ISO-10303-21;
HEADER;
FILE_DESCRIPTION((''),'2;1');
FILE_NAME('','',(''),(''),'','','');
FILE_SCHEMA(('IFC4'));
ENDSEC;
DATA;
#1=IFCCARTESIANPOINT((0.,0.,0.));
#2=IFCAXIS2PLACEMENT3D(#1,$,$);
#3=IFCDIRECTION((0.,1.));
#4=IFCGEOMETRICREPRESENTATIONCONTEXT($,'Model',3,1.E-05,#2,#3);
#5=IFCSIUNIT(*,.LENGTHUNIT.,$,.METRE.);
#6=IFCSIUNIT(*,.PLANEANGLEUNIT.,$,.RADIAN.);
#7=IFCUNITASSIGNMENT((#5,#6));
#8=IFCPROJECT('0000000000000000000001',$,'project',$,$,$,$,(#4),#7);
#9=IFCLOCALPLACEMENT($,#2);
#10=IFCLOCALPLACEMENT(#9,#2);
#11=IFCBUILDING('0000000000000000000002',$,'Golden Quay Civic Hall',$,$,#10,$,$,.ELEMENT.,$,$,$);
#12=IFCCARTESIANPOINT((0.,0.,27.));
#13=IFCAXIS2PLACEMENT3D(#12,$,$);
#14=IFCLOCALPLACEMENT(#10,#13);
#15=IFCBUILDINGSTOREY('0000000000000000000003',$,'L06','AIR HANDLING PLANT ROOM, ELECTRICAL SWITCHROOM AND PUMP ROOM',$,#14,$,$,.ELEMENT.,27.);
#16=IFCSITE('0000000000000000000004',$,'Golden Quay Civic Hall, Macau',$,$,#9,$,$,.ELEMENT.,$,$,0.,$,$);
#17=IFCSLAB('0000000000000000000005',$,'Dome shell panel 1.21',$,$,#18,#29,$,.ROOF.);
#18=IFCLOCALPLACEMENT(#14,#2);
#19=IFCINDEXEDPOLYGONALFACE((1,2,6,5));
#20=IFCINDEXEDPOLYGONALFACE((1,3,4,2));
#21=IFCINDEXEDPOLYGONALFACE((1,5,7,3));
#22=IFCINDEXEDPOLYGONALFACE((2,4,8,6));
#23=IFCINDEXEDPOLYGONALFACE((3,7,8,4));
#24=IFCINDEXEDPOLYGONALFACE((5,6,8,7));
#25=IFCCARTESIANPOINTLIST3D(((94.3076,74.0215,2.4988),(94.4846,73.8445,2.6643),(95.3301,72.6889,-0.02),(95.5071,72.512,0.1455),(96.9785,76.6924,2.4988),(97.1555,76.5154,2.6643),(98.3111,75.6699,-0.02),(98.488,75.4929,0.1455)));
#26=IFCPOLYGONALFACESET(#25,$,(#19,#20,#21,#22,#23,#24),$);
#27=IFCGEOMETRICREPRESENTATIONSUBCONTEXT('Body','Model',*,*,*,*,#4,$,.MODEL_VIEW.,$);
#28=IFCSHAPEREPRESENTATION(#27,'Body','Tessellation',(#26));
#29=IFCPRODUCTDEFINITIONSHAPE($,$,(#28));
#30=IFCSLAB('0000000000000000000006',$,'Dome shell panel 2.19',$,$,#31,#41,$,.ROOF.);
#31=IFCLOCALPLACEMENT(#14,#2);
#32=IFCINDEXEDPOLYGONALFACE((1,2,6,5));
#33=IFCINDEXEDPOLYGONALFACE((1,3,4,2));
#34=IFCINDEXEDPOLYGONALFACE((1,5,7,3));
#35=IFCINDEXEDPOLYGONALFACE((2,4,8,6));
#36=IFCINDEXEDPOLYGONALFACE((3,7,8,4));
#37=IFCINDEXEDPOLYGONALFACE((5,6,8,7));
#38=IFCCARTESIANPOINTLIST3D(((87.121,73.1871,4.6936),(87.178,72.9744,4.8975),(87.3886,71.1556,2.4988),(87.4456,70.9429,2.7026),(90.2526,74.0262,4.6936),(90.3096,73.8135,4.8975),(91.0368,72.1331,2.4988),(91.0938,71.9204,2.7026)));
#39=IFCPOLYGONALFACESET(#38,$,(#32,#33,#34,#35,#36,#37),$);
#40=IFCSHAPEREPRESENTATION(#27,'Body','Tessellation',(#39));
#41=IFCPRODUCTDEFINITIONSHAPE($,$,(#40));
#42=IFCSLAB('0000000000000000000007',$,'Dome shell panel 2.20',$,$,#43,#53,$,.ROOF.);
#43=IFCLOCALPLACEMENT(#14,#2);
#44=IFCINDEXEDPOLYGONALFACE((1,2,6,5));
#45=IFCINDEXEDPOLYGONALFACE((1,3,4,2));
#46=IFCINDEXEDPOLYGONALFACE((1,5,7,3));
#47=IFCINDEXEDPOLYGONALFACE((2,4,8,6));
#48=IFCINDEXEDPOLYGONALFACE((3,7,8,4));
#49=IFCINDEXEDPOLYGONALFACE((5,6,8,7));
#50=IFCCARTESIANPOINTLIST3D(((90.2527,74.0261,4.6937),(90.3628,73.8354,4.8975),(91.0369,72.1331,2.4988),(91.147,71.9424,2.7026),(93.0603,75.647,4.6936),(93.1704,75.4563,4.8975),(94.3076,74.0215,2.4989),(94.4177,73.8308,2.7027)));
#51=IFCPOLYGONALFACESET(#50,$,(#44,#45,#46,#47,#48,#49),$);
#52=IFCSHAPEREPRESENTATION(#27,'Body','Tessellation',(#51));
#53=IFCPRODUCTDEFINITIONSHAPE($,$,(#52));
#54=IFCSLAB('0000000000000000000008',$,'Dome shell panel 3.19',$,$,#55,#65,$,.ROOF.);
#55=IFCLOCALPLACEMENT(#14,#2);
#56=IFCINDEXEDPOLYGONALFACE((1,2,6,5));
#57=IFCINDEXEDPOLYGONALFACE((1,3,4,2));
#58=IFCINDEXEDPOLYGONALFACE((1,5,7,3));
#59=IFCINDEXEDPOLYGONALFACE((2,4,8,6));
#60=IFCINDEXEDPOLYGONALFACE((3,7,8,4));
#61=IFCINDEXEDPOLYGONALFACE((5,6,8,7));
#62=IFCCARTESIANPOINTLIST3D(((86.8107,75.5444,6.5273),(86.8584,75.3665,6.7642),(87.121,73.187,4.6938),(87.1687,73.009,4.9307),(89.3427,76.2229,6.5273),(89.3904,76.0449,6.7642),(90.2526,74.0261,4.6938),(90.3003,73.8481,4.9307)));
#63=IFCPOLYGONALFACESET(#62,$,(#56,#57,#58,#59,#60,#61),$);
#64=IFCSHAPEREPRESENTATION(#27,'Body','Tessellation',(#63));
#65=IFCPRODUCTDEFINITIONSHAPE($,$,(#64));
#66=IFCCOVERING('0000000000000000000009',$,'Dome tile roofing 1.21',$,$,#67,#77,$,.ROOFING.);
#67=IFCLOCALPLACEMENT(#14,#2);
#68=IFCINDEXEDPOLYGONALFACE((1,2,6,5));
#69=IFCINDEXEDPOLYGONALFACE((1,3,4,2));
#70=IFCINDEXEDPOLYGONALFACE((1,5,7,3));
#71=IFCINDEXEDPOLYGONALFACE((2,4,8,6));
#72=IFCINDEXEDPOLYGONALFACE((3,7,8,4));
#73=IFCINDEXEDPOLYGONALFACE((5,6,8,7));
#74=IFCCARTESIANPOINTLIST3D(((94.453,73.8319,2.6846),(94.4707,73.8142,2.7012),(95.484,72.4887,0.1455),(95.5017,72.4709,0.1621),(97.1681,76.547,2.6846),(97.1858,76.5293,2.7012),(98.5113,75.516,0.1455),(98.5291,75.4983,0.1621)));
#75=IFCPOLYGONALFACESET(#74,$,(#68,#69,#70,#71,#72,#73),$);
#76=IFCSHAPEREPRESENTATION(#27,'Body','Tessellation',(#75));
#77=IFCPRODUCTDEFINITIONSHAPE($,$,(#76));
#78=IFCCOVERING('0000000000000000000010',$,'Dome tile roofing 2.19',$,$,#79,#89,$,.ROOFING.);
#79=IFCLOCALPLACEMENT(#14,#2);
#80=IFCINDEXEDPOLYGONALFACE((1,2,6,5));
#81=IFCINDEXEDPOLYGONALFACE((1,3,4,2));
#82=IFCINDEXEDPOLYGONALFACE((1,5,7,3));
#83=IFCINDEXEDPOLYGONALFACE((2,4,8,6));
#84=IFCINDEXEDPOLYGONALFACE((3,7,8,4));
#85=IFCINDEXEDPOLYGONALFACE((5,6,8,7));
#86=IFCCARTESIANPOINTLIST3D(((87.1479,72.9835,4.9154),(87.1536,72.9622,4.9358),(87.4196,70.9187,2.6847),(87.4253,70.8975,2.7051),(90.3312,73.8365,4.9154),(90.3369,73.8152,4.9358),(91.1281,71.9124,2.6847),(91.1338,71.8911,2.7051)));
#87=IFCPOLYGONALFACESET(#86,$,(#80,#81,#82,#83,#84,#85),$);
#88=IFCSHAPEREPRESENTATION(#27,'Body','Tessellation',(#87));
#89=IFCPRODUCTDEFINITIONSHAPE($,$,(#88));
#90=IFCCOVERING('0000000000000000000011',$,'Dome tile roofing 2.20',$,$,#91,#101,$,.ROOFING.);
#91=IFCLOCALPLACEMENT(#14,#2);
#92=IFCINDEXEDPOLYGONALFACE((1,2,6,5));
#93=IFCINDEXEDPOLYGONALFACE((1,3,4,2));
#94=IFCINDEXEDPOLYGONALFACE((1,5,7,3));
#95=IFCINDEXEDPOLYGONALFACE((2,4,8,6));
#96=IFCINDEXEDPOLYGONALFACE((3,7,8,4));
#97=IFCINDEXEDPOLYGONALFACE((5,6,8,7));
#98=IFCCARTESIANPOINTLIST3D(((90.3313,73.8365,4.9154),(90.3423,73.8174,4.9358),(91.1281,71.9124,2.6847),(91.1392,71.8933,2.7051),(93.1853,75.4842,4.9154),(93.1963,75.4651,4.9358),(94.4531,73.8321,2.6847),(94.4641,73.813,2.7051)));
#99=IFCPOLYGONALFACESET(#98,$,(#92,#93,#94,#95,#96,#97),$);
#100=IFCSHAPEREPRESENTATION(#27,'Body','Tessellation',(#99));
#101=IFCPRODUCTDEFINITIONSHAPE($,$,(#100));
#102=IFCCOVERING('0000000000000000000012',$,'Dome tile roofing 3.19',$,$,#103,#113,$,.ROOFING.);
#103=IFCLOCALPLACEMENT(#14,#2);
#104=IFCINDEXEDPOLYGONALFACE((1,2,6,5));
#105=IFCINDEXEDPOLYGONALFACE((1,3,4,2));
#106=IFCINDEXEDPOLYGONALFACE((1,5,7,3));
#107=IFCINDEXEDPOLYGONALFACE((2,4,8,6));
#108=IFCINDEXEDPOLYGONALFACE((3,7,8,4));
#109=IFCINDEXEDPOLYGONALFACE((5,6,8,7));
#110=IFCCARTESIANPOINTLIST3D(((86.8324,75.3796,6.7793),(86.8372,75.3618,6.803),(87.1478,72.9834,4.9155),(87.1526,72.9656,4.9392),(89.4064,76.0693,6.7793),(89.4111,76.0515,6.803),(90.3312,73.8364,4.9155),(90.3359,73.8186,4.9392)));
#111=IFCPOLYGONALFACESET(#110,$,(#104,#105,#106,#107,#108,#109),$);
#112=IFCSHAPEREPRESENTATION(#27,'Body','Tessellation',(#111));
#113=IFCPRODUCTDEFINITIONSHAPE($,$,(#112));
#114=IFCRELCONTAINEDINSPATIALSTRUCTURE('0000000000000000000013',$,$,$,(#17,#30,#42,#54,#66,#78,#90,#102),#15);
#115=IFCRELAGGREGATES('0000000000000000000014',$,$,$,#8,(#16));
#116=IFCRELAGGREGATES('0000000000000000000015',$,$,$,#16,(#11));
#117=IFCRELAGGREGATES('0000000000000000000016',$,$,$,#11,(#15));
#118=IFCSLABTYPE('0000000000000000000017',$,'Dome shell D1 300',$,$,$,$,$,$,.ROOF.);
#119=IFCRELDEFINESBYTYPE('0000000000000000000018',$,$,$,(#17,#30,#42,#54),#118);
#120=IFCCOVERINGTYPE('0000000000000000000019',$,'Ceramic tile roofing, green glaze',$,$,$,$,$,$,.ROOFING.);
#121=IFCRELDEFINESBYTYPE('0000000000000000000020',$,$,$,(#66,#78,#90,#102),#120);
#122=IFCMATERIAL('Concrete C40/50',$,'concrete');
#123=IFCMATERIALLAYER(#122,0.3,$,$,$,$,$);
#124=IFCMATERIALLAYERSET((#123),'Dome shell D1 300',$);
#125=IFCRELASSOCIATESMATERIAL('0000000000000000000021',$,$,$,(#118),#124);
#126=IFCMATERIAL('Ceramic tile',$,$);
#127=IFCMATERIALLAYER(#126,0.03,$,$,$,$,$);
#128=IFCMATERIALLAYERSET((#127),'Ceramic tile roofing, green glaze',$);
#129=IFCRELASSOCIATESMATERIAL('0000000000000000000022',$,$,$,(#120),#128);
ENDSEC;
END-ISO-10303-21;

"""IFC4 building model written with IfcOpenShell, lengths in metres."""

from ifc_helpers import new_model, si_unit, direction, frame, origin, place, context, subcontext, project, spatial, polyline, outline, extrude, material, layer, layer_set, type_object, element, save


model = new_model("IFC4")

# Units and contexts
model_context = context("Model", 3, precision=1e-05, world=origin(), true_north=direction((0.0, 1.0)))
body_context = subcontext(model_context, "Body", "Model", "MODEL_VIEW")
ifc_project = project(units=[si_unit("LENGTHUNIT", "METRE"), si_unit("PLANEANGLEUNIT", "RADIAN")], contexts=[model_context])

# Site, building, storey
site_placement = place(None, origin())
site = spatial("IfcSite", under=ifc_project, at=site_placement, Name="Golden Quay Civic Hall, Macau", CompositionType="ELEMENT", RefElevation=0.0)
building_placement = place(site_placement, origin())
building = spatial("IfcBuilding", under=site, at=building_placement, Name="Golden Quay Civic Hall", CompositionType="ELEMENT")
storey_placement = place(building_placement, frame((0.0, 0.0, 27.0)))
storey = spatial("IfcBuildingStorey", under=building, at=storey_placement, Name="L06", Description="AIR HANDLING PLANT ROOM, ELECTRICAL SWITCHROOM AND PUMP ROOM", CompositionType="ELEMENT", Elevation=27.0)

# Slabs
ifc_material_1 = material(Name="Concrete C40/50", Category="concrete")
ifc_layer_1 = layer(ifc_material_1, 0.3)
ifc_layer_set_1 = layer_set([ifc_layer_1], Name="Dome shell D1 300")
slab_type = type_object("IfcSlabType", Name="Dome shell D1 300", PredefinedType="ROOF", material=ifc_layer_set_1)
slab_1_placement = place(storey_placement, frame((95.5071, 72.512, 0.1455), z_axis=(0.589855, -0.589855, 0.551492), x_axis=(0.707107, 0.707107, 0.0)))
element("IfcSlab", 1, at=slab_1_placement, inside=storey, type_object=slab_type, Name="Dome shell panel 1.21", PredefinedType="ROOF", context=body_context, shape_type="SweptSolid", body=[
    extrude(outline(polyline([(0.0, 0.0), (4.2157, 0.0), (3.9965, 3.0195), (0.2192, 3.0195), (0.0, 0.0)])), origin(), (0.0, 0.0, -1.0), 0.3),
])
slab_2_placement = place(storey_placement, frame((87.4456, 70.9429, 2.7026), z_axis=(0.189944, -0.708874, 0.679278), x_axis=(0.965925, 0.258821, 0.0)))
element("IfcSlab", 2, at=slab_2_placement, inside=storey, type_object=slab_type, Name="Dome shell panel 2.19", PredefinedType="ROOF", context=body_context, shape_type="SweptSolid", body=[
    extrude(outline(polyline([(0.0, 0.0), (3.7769, 0.0), (3.5094, 2.9907), (0.2673, 2.9907), (0.0, 0.0)])), origin(), (0.0, 0.0, -1.0), 0.3),
])
slab_3_placement = place(storey_placement, frame((91.147, 71.9424, 2.7026), z_axis=(0.366941, -0.635573, 0.679265), x_axis=(0.866025, 0.500001, 0.000011)))
element("IfcSlab", 3, at=slab_3_placement, inside=storey, type_object=slab_type, Name="Dome shell panel 2.20", PredefinedType="ROOF", context=body_context, shape_type="SweptSolid", body=[
    extrude(outline(polyline([(0.0, 0.0), (3.7768, 0.0), (3.5093, 2.9906), (0.2674, 2.9907), (0.0, 0.0)])), origin(), (0.0, 0.0, -1.0), 0.3),
])
slab_4_placement = place(storey_placement, frame((87.1687, 73.009, 4.9307), z_axis=(0.1589, -0.59301, 0.78936), x_axis=(0.965925, 0.258821, -0.000002)))
element("IfcSlab", 4, at=slab_4_placement, inside=storey, type_object=slab_type, Name="Dome shell panel 3.19", PredefinedType="ROOF", context=body_context, shape_type="SweptSolid", body=[
    extrude(outline(polyline([(0.0, 0.0), (3.2421, 0.0), (2.9317, 2.9865), (0.3104, 2.9865), (0.0, 0.0)])), origin(), (0.0, 0.0, -1.0), 0.3),
])

# Coverings
ifc_material_2 = material(Name="Ceramic tile")
ifc_layer_2 = layer(ifc_material_2, 0.03)
ifc_layer_set_2 = layer_set([ifc_layer_2], Name="Ceramic tile roofing, green glaze")
covering_type = type_object("IfcCoveringType", Name="Ceramic tile roofing, green glaze", PredefinedType="ROOFING", material=ifc_layer_set_2)
covering_1_placement = place(storey_placement, frame((95.5017, 72.4709, 0.1621), z_axis=(0.589829, -0.589829, 0.551547), x_axis=(0.707107, 0.707107, 0.0)))
element("IfcCovering", 5, at=covering_1_placement, inside=storey, type_object=covering_type, Name="Dome tile roofing 1.21", PredefinedType="ROOFING", context=body_context, shape_type="SweptSolid", body=[
    extrude(outline(polyline([(0.0, 0.0), (4.2813, 0.0), (4.0605, 3.0439), (0.2208, 3.0439), (0.0, 0.0)])), origin(), (0.0, 0.0, -1.0), 0.03),
])
covering_2_placement = place(storey_placement, frame((87.4253, 70.8975, 2.7051), z_axis=(0.189945, -0.708878, 0.679273), x_axis=(0.965927, 0.258816, -0.000006)))
element("IfcCovering", 6, at=covering_2_placement, inside=storey, type_object=covering_type, Name="Dome tile roofing 2.19", PredefinedType="ROOFING", context=body_context, shape_type="SweptSolid", body=[
    extrude(outline(polyline([(0.0, 0.0), (3.8393, 0.0), (3.5676, 3.0396), (0.2719, 3.0396), (0.0, 0.0)])), origin(), (0.0, 0.0, -1.0), 0.03),
])
covering_3_placement = place(storey_placement, frame((91.1392, 71.8933, 2.7051), z_axis=(0.366941, -0.635567, 0.679271), x_axis=(0.866026, 0.499999, 0.000004)))
element("IfcCovering", 7, at=covering_3_placement, inside=storey, type_object=covering_type, Name="Dome tile roofing 2.20", PredefinedType="ROOFING", context=body_context, shape_type="SweptSolid", body=[
    extrude(outline(polyline([(0.0, 0.0), (3.8393, 0.0), (3.5674, 3.0396), (0.2719, 3.0396), (0.0, 0.0)])), origin(), (0.0, 0.0, -1.0), 0.03),
])
covering_4_placement = place(storey_placement, frame((87.1526, 72.9656, 4.9392), z_axis=(0.158908, -0.59303, 0.789344), x_axis=(0.965923, 0.258831, 0.000003)))
element("IfcCovering", 8, at=covering_4_placement, inside=storey, type_object=covering_type, Name="Dome tile roofing 3.19", PredefinedType="ROOFING", context=body_context, shape_type="SweptSolid", body=[
    extrude(outline(polyline([(0.0, 0.0), (3.2957, 0.0), (2.9803, 3.0357), (0.3155, 3.0357), (0.0, 0.0)])), origin(), (0.0, 0.0, -1.0), 0.03),
])

save(model, "model.ifc")
